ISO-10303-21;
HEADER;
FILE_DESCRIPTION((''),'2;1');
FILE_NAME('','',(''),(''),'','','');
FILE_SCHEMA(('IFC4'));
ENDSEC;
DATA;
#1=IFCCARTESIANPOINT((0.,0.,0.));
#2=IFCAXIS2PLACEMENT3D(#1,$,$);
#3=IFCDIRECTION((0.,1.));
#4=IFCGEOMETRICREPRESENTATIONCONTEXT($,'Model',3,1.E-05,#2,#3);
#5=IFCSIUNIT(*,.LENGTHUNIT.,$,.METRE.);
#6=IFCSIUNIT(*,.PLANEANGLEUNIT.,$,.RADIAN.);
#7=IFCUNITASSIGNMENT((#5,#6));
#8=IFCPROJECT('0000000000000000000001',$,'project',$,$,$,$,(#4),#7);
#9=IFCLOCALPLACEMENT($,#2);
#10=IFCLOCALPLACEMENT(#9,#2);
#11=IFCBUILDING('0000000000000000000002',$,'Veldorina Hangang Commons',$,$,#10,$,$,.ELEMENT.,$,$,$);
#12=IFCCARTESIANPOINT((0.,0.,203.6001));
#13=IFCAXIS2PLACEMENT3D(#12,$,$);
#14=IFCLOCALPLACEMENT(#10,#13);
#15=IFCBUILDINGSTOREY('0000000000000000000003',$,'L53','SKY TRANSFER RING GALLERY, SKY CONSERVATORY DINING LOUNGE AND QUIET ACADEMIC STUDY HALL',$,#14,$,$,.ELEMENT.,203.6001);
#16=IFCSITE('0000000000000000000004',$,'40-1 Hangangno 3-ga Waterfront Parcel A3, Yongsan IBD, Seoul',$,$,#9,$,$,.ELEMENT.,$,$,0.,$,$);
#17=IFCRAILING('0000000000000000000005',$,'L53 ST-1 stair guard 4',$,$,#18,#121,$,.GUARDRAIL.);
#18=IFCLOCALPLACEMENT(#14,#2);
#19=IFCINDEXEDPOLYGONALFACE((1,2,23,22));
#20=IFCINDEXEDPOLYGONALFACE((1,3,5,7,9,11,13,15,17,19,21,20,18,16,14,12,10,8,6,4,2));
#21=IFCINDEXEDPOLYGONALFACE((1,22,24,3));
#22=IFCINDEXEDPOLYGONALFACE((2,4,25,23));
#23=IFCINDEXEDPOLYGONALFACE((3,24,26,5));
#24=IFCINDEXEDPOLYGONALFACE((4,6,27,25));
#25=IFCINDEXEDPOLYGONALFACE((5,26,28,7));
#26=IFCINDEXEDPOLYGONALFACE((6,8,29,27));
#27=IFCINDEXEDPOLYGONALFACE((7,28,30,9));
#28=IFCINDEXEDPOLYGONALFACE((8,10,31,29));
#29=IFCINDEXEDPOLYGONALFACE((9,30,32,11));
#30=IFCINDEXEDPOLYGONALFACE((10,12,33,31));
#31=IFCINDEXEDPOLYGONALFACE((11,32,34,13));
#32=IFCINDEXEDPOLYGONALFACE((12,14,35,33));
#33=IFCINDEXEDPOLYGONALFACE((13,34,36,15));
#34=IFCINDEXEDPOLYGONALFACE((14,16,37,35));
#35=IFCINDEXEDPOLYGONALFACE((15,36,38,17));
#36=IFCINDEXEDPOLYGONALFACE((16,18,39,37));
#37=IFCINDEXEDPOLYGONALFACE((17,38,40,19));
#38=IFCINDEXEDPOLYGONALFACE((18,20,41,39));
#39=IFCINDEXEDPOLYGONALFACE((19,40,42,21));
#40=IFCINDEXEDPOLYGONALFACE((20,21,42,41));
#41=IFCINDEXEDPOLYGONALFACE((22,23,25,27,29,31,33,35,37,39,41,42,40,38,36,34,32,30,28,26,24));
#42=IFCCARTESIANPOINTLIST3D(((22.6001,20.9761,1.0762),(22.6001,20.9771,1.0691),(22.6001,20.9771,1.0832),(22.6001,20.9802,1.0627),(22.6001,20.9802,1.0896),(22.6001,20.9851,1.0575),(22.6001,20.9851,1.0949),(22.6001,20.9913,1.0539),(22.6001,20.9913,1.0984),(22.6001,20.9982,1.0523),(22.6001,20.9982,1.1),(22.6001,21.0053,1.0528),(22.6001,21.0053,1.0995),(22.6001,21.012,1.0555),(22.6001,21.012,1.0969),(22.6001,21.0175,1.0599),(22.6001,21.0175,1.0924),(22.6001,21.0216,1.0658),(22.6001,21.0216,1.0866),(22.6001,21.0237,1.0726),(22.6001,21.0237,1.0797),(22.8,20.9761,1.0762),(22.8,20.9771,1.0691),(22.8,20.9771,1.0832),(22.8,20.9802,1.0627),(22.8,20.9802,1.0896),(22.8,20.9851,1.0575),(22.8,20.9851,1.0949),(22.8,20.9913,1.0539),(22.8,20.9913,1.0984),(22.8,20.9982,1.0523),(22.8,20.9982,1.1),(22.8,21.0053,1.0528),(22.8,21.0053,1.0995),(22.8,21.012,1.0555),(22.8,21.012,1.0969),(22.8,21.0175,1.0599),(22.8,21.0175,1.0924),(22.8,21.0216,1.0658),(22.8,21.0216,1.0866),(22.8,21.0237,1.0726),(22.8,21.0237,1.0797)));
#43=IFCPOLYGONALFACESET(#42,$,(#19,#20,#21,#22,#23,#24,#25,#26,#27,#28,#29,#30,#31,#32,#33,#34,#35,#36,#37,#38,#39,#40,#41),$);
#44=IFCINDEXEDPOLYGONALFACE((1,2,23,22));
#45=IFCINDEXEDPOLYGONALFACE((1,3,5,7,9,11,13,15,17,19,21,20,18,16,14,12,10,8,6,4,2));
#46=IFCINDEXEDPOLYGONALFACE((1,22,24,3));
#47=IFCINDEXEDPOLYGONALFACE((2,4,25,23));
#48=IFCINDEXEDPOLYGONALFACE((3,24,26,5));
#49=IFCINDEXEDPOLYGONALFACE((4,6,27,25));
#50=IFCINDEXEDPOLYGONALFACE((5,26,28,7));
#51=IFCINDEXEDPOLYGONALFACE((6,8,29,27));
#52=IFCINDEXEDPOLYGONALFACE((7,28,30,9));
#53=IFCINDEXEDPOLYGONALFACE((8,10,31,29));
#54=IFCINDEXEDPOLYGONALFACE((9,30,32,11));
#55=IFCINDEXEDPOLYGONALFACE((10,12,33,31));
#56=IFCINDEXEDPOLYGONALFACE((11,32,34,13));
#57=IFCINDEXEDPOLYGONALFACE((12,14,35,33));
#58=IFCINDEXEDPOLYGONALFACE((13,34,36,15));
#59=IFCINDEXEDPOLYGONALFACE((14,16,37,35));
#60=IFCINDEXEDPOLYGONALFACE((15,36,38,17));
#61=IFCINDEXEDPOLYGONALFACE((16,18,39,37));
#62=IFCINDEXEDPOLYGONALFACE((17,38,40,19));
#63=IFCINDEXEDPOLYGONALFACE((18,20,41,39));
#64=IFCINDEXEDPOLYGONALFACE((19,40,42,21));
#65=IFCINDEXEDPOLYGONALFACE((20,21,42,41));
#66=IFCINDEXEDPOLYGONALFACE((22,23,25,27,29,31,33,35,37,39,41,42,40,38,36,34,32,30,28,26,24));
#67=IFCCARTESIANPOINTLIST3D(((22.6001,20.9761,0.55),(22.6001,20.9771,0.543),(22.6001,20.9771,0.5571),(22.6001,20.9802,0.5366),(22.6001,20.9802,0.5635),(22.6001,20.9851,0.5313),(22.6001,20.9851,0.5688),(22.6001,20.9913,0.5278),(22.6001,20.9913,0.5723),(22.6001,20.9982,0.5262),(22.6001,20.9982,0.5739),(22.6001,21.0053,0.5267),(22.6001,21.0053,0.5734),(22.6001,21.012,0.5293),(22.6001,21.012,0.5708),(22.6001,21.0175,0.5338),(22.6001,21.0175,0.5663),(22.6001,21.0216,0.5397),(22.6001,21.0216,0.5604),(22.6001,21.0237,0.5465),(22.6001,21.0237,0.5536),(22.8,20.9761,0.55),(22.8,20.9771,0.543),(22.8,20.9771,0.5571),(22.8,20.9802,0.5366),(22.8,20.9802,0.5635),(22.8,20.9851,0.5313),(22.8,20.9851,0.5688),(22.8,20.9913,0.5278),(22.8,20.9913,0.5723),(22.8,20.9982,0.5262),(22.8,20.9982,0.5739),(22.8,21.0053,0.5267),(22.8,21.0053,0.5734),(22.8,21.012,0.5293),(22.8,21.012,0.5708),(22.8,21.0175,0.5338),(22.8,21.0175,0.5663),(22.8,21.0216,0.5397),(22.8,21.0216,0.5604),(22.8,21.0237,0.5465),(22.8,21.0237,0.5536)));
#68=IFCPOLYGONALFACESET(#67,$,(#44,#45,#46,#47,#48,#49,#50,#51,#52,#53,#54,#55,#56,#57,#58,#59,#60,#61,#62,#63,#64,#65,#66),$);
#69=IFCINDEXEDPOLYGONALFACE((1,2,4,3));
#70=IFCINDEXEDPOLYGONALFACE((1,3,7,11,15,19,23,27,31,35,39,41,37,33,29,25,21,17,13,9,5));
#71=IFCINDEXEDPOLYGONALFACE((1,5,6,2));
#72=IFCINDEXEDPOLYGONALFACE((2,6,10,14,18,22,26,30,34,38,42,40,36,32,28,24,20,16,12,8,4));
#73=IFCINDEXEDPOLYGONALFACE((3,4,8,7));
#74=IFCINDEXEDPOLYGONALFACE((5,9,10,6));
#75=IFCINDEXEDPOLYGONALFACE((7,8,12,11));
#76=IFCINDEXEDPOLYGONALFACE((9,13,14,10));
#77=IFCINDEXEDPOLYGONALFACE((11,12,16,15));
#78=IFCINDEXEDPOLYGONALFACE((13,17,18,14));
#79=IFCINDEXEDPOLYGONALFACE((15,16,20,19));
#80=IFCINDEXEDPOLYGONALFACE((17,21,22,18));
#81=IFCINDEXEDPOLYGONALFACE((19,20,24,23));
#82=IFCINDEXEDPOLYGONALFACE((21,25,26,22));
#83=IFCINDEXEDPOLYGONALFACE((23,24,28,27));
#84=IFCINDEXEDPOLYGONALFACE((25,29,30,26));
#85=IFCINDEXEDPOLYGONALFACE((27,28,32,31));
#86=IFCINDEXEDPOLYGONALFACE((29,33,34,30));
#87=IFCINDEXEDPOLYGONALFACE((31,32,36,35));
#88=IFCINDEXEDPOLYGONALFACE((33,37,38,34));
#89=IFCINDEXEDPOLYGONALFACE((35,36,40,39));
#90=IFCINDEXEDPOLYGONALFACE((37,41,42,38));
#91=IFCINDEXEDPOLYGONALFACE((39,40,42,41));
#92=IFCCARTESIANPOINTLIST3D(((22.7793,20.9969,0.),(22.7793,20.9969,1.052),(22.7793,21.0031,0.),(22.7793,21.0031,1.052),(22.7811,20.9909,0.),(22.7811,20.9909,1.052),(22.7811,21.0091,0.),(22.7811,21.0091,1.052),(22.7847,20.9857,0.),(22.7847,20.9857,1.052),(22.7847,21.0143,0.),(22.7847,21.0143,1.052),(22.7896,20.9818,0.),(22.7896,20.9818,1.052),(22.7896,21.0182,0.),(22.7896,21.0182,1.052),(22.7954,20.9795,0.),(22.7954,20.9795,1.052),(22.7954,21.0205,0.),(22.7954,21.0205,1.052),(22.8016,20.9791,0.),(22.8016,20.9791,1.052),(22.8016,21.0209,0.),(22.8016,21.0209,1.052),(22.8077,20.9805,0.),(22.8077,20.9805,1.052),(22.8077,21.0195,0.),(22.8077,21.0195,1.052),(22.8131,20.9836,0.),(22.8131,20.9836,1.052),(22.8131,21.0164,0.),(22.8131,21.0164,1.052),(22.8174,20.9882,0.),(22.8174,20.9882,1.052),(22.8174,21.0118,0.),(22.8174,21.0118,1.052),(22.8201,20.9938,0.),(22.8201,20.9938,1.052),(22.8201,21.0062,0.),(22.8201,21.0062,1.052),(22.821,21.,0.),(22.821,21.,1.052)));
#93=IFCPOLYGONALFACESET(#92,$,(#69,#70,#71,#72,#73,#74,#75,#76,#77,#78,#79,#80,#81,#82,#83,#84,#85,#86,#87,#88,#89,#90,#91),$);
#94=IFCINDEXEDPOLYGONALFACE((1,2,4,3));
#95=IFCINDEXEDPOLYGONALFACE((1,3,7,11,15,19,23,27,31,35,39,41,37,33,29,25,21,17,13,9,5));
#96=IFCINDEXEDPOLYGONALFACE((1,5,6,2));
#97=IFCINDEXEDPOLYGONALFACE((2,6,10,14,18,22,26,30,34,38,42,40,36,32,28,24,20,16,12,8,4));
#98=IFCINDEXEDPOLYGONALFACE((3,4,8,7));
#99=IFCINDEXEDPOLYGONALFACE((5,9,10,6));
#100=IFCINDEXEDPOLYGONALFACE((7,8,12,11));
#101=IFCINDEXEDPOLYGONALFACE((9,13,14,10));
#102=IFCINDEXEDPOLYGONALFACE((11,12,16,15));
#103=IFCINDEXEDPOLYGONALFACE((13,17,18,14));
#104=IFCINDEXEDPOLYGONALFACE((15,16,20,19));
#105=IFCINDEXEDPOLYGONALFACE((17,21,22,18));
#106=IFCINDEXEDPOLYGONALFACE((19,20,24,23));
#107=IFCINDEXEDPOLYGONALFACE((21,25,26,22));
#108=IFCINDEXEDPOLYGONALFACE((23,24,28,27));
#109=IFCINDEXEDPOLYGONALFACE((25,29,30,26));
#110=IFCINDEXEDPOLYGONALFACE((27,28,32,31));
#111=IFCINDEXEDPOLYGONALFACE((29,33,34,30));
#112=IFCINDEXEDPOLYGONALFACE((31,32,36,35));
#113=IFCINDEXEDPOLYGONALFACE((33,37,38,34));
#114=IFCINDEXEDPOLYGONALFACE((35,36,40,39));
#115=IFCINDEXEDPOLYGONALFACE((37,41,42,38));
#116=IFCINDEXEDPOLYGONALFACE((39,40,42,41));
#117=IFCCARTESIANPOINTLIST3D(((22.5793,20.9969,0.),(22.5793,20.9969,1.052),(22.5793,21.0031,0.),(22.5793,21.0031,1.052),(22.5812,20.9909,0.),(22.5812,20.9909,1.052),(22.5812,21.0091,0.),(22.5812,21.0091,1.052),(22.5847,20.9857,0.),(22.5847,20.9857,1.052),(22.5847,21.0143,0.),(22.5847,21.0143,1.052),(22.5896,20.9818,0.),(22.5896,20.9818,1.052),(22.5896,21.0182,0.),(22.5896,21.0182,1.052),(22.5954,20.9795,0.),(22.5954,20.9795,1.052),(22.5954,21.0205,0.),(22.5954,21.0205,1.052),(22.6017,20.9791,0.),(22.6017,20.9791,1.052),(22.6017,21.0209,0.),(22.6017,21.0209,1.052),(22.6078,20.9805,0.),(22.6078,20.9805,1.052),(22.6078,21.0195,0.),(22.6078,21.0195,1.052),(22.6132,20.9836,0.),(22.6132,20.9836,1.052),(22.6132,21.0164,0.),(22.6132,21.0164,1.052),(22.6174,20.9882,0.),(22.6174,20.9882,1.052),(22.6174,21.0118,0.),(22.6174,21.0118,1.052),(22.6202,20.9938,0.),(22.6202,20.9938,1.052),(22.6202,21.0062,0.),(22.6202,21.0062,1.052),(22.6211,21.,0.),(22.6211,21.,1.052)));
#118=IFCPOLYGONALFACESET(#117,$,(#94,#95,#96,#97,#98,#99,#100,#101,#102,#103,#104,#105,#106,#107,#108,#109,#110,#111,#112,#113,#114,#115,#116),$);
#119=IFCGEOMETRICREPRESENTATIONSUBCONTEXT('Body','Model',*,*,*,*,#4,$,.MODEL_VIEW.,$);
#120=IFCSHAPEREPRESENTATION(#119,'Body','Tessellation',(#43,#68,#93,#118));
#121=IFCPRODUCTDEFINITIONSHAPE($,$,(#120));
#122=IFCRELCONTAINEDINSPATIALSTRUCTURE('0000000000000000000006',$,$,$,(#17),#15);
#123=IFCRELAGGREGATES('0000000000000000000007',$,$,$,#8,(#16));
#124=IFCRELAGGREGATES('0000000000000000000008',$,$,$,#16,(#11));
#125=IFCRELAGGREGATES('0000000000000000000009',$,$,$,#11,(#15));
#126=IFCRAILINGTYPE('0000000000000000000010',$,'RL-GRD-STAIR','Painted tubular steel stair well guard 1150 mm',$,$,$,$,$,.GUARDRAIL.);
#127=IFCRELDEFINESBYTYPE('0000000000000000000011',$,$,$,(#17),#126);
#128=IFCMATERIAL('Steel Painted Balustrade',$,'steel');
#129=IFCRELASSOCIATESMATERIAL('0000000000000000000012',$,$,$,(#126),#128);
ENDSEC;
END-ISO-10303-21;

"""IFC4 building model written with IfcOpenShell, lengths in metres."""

from ifc_helpers import new_model, si_unit, direction, frame, origin, origin_2d, place, context, subcontext, project, spatial, circle, extrude, material, type_object, element, save


model = new_model("IFC4")

# Units and contexts
model_context = context("Model", 3, precision=1e-05, world=origin(), true_north=direction((0.0, 1.0)))
body_context = subcontext(model_context, "Body", "Model", "MODEL_VIEW")
ifc_project = project(units=[si_unit("LENGTHUNIT", "METRE"), si_unit("PLANEANGLEUNIT", "RADIAN")], contexts=[model_context])

# Site, building, storey
site_placement = place(None, origin())
site = spatial("IfcSite", under=ifc_project, at=site_placement, Name="40-1 Hangangno 3-ga Waterfront Parcel A3, Yongsan IBD, Seoul", CompositionType="ELEMENT", RefElevation=0.0)
building_placement = place(site_placement, origin())
building = spatial("IfcBuilding", under=site, at=building_placement, Name="Veldorina Hangang Commons", CompositionType="ELEMENT")
storey_placement = place(building_placement, frame((0.0, 0.0, 203.6001)))
storey = spatial("IfcBuildingStorey", under=building, at=storey_placement, Name="L53", Description="SKY TRANSFER RING GALLERY, SKY CONSERVATORY DINING LOUNGE AND QUIET ACADEMIC STUDY HALL", CompositionType="ELEMENT", Elevation=203.6001)

# Railing
ifc_material_1 = material(Name="Steel Painted Balustrade", Category="steel")
railing_type_1 = type_object("IfcRailingType", Name="RL-GRD-STAIR", Description="Painted tubular steel stair well guard 1150 mm", PredefinedType="GUARDRAIL", material=ifc_material_1)
railing_1_placement = place(storey_placement, frame((22.8, 21.0, 0.0)))
element("IfcRailing", 1, at=railing_1_placement, inside=storey, type_object=railing_type_1, Name="L53 ST-1 stair guard 4", PredefinedType="GUARDRAIL", context=body_context, shape_type="SweptSolid", body=[
    extrude(circle(Radius=0.0239, at=origin_2d()), frame((0.0, 0.0, 1.0762), z_axis=(-1.0, 0.0, 0.0), x_axis=(0.0, -1.0, 0.0)), (0.0, 0.0, 1.0), 0.2),
    extrude(circle(Radius=0.0239, at=origin_2d()), frame((0.0, 0.0, 0.55), z_axis=(-1.0, 0.0, 0.0), x_axis=(0.0, -1.0, 0.0)), (0.0, 0.0, 1.0), 0.2),
    extrude(circle(Radius=0.021, at=origin_2d()), origin(), (0.0, 0.0, 1.0), 1.052),
    extrude(circle(Radius=0.021, at=origin_2d()), frame((-0.2, 0.0, 0.0)), (0.0, 0.0, 1.0), 1.052),
])

save(model, "model.ifc")
